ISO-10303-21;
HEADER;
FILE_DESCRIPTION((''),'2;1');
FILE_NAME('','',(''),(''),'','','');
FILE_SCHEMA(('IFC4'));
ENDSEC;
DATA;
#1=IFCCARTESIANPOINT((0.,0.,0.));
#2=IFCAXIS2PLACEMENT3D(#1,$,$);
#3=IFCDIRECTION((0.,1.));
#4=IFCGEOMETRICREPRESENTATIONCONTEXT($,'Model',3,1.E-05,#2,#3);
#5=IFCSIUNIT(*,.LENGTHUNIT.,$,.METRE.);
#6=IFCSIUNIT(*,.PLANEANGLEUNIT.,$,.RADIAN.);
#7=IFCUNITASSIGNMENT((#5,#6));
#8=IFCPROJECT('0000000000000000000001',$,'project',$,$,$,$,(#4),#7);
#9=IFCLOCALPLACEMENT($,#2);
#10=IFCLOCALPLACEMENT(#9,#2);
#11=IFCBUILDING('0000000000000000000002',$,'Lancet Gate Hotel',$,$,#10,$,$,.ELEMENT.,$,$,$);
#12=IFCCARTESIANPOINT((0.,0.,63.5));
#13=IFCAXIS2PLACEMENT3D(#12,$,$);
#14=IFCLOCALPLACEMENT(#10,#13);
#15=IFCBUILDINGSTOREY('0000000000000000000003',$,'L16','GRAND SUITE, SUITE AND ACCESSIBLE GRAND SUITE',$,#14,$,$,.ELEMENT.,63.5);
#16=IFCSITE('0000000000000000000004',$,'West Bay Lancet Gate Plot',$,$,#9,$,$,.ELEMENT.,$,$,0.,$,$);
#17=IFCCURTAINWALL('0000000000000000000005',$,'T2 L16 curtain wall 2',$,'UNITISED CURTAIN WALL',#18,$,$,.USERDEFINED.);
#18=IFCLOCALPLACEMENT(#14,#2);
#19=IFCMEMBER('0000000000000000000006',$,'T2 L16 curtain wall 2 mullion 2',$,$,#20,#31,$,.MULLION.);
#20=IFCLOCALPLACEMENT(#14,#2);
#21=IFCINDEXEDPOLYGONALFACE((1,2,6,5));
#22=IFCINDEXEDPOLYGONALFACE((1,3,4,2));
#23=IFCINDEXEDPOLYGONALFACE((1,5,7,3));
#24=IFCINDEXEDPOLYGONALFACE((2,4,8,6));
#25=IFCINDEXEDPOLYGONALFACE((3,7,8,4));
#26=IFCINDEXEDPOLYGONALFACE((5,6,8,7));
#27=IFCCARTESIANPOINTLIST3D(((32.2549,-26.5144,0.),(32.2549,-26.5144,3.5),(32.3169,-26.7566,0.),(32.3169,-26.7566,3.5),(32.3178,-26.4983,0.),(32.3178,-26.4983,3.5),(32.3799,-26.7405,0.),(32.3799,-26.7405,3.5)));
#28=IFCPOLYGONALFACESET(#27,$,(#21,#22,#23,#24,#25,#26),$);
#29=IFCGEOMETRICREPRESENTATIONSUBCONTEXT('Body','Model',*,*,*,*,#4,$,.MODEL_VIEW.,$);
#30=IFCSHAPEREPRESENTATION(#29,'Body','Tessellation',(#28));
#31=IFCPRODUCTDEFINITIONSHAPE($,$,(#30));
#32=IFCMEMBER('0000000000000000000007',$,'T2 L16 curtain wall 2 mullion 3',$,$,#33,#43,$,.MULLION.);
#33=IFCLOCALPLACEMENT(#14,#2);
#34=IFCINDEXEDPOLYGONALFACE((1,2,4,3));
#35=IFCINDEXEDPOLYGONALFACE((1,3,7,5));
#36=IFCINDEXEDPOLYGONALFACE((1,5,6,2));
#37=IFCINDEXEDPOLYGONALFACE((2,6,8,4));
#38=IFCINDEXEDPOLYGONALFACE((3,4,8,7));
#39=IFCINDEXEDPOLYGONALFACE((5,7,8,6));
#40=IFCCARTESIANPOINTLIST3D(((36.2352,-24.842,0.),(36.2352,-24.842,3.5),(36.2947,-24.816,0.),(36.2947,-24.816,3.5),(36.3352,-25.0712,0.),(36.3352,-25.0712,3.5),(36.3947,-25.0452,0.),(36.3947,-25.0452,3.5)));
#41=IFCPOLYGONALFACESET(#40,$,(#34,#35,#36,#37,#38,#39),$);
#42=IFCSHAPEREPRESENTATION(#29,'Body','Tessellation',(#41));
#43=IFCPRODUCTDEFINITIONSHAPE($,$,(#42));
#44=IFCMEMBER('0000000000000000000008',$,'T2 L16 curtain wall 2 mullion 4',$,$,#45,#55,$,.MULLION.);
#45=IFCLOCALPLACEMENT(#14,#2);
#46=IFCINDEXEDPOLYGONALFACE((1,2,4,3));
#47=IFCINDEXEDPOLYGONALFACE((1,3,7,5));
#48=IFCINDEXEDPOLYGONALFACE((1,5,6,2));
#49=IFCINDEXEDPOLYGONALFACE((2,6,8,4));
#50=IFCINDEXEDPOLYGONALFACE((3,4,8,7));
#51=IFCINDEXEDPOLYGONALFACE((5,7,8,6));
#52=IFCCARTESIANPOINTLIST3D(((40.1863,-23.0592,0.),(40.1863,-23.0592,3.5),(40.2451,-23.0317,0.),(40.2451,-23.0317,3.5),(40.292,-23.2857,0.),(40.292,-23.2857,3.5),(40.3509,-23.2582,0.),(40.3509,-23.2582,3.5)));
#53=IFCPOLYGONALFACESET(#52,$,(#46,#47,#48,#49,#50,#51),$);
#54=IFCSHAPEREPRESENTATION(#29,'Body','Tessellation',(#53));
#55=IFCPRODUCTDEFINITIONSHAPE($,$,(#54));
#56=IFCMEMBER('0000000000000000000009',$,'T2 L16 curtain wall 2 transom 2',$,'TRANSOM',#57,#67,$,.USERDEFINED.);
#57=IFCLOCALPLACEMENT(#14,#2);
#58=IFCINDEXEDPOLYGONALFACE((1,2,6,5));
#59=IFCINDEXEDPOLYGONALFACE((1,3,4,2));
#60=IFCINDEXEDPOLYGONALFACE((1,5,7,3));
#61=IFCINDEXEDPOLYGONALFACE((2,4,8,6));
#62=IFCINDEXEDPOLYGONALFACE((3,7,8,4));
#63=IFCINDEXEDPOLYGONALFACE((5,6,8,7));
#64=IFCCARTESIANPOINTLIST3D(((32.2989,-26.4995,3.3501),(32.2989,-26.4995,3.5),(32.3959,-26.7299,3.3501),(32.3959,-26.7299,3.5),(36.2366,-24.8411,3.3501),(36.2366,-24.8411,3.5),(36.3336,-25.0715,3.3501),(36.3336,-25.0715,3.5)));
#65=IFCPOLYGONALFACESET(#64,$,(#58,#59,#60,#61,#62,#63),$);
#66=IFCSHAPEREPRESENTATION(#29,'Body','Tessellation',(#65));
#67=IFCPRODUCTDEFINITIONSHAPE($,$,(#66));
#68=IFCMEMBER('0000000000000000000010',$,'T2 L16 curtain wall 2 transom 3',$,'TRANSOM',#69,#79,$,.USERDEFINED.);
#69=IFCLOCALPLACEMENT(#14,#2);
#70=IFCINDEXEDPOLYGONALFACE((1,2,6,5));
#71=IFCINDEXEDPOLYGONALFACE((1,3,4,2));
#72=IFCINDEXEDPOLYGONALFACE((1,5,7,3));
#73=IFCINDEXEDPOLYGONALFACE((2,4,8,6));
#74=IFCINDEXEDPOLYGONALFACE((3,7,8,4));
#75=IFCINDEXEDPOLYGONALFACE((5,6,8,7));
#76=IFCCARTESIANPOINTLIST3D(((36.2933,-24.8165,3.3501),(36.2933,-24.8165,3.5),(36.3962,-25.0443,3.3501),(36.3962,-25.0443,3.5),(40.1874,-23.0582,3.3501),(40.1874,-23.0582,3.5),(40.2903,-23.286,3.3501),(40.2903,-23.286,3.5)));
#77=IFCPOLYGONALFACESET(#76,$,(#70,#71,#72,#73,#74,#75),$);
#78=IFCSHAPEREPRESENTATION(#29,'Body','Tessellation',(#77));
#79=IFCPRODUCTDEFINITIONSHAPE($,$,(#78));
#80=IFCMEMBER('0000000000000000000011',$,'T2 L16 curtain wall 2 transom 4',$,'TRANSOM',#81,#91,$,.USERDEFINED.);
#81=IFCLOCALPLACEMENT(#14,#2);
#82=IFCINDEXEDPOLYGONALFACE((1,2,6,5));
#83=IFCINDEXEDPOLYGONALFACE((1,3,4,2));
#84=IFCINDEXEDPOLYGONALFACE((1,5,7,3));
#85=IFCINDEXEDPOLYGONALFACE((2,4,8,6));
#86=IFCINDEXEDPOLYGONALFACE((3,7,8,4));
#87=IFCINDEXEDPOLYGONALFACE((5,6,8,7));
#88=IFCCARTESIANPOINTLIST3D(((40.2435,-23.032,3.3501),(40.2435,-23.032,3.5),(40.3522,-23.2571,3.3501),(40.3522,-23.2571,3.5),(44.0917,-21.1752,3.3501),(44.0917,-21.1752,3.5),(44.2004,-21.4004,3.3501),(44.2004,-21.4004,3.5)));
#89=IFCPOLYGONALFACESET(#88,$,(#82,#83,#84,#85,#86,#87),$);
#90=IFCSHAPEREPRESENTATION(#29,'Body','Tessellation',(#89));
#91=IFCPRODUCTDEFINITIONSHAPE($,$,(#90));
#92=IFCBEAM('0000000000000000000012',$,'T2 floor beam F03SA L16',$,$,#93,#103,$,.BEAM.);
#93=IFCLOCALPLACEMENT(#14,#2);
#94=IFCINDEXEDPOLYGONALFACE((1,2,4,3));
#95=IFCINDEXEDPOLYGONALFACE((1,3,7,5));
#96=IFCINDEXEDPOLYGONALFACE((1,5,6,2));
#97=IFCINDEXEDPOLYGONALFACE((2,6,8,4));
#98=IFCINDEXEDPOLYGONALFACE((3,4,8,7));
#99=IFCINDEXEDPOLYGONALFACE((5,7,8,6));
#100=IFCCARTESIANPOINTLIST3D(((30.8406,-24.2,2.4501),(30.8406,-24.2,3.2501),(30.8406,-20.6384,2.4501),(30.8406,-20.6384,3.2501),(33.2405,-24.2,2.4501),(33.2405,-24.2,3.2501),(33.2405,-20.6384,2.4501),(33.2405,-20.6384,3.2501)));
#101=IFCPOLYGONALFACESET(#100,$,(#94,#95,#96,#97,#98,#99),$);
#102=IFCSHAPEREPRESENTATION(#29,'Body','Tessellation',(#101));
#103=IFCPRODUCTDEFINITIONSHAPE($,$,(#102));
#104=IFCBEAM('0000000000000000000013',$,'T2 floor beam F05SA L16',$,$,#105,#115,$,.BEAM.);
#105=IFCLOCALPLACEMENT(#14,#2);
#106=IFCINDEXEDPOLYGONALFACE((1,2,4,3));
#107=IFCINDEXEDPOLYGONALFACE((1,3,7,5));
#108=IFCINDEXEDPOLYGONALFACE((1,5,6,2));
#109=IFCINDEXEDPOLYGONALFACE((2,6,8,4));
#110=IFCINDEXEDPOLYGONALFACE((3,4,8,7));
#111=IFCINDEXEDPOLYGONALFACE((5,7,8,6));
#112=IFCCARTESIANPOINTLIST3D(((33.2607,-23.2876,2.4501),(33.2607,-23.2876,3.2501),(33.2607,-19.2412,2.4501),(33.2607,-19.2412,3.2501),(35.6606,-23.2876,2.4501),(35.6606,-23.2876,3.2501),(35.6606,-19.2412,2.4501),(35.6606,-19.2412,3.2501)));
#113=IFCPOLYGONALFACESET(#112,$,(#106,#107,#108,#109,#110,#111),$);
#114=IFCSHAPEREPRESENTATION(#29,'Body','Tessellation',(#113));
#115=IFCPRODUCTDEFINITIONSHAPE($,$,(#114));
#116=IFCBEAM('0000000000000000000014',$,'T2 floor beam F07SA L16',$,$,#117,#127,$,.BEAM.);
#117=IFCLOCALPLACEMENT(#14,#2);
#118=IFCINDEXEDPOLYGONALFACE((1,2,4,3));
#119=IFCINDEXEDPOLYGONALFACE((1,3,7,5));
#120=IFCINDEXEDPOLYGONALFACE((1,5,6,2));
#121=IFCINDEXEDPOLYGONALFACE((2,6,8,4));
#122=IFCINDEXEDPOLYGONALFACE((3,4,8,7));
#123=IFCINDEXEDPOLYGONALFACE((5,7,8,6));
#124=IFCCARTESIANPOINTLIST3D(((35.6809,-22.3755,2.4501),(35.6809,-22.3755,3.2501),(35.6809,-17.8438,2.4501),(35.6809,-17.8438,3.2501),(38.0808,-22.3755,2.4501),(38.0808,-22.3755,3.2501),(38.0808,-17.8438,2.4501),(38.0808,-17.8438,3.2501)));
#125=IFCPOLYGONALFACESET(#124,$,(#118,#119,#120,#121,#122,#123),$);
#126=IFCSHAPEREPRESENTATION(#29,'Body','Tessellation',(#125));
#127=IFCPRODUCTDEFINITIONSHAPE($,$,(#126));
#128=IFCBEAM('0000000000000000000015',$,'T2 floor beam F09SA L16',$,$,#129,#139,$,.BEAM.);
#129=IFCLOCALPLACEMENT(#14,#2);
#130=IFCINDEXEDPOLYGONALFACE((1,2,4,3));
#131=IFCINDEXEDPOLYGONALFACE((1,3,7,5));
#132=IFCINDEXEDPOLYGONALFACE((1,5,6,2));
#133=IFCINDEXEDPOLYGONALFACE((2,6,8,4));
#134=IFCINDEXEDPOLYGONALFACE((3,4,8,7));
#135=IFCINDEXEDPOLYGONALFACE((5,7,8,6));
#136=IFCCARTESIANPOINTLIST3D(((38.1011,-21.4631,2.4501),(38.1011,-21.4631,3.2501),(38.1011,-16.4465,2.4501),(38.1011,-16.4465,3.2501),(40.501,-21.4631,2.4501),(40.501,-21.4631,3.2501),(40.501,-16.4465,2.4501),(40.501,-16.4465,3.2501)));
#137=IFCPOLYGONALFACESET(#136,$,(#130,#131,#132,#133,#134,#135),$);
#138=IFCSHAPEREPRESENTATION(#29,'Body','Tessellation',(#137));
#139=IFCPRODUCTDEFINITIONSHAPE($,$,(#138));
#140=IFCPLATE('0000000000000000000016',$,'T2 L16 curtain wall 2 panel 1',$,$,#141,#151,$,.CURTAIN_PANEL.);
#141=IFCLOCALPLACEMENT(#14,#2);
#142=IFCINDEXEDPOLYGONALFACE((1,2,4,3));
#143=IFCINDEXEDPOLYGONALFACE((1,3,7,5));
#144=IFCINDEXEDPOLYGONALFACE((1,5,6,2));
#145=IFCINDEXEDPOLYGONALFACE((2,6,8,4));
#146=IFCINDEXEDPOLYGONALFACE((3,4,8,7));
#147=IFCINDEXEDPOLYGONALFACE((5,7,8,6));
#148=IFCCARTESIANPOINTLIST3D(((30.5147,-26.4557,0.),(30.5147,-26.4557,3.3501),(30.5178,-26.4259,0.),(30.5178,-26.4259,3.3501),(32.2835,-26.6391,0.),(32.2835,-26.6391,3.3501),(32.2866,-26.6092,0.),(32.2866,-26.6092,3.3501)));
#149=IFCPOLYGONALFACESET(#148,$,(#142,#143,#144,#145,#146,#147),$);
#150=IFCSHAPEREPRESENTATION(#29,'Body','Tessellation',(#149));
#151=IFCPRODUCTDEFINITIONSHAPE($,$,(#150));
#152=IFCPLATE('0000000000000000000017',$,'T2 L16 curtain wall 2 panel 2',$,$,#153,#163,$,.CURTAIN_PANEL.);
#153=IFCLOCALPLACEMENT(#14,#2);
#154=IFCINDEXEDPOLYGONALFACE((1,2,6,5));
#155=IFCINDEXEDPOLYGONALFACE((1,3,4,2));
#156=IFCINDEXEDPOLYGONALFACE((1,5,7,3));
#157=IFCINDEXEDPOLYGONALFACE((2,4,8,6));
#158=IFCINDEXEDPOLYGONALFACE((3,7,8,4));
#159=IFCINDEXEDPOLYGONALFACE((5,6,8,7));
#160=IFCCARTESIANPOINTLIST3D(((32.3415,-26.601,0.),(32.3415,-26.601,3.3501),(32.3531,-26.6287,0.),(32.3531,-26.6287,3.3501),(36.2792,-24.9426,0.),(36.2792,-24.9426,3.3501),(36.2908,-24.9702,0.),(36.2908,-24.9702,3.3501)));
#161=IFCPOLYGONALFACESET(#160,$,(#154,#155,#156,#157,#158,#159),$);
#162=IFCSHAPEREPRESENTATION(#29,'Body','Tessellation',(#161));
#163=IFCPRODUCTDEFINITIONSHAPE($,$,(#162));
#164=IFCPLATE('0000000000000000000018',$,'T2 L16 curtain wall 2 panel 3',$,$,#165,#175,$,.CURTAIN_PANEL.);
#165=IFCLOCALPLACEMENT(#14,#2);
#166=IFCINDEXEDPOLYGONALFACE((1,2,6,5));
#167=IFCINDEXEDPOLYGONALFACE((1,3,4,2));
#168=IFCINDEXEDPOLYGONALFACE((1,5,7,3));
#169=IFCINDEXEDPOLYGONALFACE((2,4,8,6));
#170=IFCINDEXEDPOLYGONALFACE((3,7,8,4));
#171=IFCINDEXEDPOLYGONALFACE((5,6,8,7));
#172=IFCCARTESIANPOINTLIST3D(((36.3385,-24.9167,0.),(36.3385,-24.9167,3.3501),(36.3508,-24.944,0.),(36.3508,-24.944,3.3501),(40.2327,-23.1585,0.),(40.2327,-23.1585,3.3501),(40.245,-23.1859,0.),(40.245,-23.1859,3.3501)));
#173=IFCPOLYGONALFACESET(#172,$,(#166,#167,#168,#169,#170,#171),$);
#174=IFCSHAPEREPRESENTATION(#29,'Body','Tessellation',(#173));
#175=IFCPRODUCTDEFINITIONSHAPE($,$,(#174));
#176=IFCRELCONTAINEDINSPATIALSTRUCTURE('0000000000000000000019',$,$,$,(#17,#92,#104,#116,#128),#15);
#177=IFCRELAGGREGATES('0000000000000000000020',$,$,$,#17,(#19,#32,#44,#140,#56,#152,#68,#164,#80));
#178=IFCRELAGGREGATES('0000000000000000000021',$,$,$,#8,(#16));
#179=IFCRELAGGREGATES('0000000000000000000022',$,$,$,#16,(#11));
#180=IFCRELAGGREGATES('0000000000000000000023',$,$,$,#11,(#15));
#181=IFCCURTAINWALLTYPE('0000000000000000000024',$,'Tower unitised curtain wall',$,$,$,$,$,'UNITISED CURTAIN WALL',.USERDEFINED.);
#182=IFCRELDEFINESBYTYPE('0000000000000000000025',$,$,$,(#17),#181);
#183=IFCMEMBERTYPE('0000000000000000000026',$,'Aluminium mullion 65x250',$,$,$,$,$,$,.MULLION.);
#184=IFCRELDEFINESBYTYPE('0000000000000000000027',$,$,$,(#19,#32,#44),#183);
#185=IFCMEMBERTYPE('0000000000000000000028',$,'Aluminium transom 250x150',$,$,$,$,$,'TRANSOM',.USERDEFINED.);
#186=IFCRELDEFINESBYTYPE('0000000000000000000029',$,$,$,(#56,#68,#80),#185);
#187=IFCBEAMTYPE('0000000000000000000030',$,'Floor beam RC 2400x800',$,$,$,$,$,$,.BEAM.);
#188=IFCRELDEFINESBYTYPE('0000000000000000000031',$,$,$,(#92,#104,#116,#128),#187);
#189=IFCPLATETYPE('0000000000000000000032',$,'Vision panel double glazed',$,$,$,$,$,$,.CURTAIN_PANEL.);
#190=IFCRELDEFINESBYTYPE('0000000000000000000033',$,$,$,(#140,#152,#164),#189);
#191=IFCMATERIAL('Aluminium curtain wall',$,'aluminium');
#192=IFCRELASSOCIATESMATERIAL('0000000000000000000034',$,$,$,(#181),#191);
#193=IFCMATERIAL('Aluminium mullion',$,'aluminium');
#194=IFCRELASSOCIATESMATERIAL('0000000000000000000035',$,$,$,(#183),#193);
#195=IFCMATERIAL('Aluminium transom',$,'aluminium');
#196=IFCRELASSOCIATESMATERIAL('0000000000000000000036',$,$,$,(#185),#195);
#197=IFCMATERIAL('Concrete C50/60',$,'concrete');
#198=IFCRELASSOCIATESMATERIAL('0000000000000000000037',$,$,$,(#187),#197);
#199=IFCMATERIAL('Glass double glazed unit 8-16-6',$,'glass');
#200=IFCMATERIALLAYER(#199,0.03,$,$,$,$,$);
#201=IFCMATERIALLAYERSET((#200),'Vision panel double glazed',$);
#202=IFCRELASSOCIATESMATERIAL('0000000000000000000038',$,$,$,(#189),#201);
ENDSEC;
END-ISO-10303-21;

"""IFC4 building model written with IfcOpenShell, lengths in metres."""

from ifc_helpers import new_model, si_unit, direction, frame, origin, origin_2d, place, context, subcontext, project, spatial, rectangle, extrude, material, layer, layer_set, material_profile, profile_set, type_object, element, aggregate, save


model = new_model("IFC4")

# Units and contexts
model_context = context("Model", 3, precision=1e-05, world=origin(), true_north=direction((0.0, 1.0)))
body_context = subcontext(model_context, "Body", "Model", "MODEL_VIEW")
ifc_project = project(units=[si_unit("LENGTHUNIT", "METRE"), si_unit("PLANEANGLEUNIT", "RADIAN")], contexts=[model_context])

# Site, building, storey
site_placement = place(None, origin())
site = spatial("IfcSite", under=ifc_project, at=site_placement, Name="West Bay Lancet Gate Plot", CompositionType="ELEMENT", RefElevation=0.0)
building_placement = place(site_placement, origin())
building = spatial("IfcBuilding", under=site, at=building_placement, Name="Lancet Gate Hotel", CompositionType="ELEMENT")
storey_placement = place(building_placement, frame((0.0, 0.0, 63.5)))
storey = spatial("IfcBuildingStorey", under=building, at=storey_placement, Name="L16", Description="GRAND SUITE, SUITE AND ACCESSIBLE GRAND SUITE", CompositionType="ELEMENT", Elevation=63.5)

# Curtain wall, members
ifc_material_1 = material(Name="Aluminium curtain wall", Category="aluminium")
curtain_wall_type = type_object("IfcCurtainWallType", Name="Tower unitised curtain wall", ElementType="UNITISED CURTAIN WALL", PredefinedType="USERDEFINED", material=ifc_material_1)
curtain_wall_placement = place(storey_placement, origin())
curtain_wall = element("IfcCurtainWall", 1, at=curtain_wall_placement, inside=storey, type_object=curtain_wall_type, Name="T2 L16 curtain wall 2", ObjectType="UNITISED CURTAIN WALL", PredefinedType="USERDEFINED")
ifc_material_2 = material(Name="Aluminium mullion", Category="aluminium")
ifc_material_profile_1 = material_profile(ifc_material_2, rectangle(XDim=0.0649, YDim=0.25, at=origin_2d()), Name="MULLION 65x250")
ifc_profile_set_1 = profile_set([ifc_material_profile_1], Name="Aluminium mullion")
member_type_1 = type_object("IfcMemberType", Name="Aluminium mullion 65x250", PredefinedType="MULLION", material=ifc_profile_set_1)
member_1_placement = place(storey_placement, frame((32.3174, -26.6274, 0.0), z_axis=(0.0, 0.0, 1.0), x_axis=(0.968721, 0.24815, 0.0)))
member_1 = element("IfcMember", 2, at=member_1_placement, type_object=member_type_1, Name="T2 L16 curtain wall 2 mullion 2", PredefinedType="MULLION", context=body_context, shape_type="SweptSolid", body=[
    extrude(rectangle(XDim=0.0649, YDim=0.25, at=origin_2d()), origin(), (0.0, 0.0, 1.0), 3.5),
])
member_2_placement = place(storey_placement, frame((36.3149, -24.9436, 0.0), z_axis=(0.0, 0.0, 1.0), x_axis=(0.916579, 0.399854, 0.0)))
member_2 = element("IfcMember", 3, at=member_2_placement, type_object=member_type_1, Name="T2 L16 curtain wall 2 mullion 3", PredefinedType="MULLION", context=body_context, shape_type="SweptSolid", body=[
    extrude(rectangle(XDim=0.0649, YDim=0.25, at=origin_2d()), origin(), (0.0, 0.0, 1.0), 3.5),
])
member_3_placement = place(storey_placement, frame((40.2686, -23.1587, 0.0), z_axis=(0.0, 0.0, 1.0), x_axis=(0.906105, 0.423053, 0.0)))
member_3 = element("IfcMember", 4, at=member_3_placement, type_object=member_type_1, Name="T2 L16 curtain wall 2 mullion 4", PredefinedType="MULLION", context=body_context, shape_type="SweptSolid", body=[
    extrude(rectangle(XDim=0.0649, YDim=0.25, at=origin_2d()), origin(), (0.0, 0.0, 1.0), 3.5),
])
ifc_material_3 = material(Name="Aluminium transom", Category="aluminium")
ifc_material_profile_2 = material_profile(ifc_material_3, rectangle(XDim=0.25, YDim=0.1499, at=origin_2d()), Name="TRANSOM 250x150")
ifc_profile_set_2 = profile_set([ifc_material_profile_2], Name="Aluminium transom")
member_type_2 = type_object("IfcMemberType", Name="Aluminium transom 250x150", ElementType="TRANSOM", PredefinedType="USERDEFINED", material=ifc_profile_set_2)
member_4_placement = place(storey_placement, frame((32.3474, -26.6147, 3.425), z_axis=(0.921598, 0.388146, 0.0), x_axis=(-0.388146, 0.921598, 0.0)))
member_4 = element("IfcMember", 5, at=member_4_placement, type_object=member_type_2, Name="T2 L16 curtain wall 2 transom 2", ObjectType="TRANSOM", PredefinedType="USERDEFINED", context=body_context, shape_type="SweptSolid", body=[
    extrude(rectangle(XDim=0.25, YDim=0.1499, at=origin_2d()), origin(), (0.0, 0.0, 1.0), 4.2727),
])
member_5_placement = place(storey_placement, frame((36.3447, -24.9304, 3.425), z_axis=(0.911397, 0.411529, 0.0), x_axis=(-0.411529, 0.911397, 0.0)))
member_5 = element("IfcMember", 6, at=member_5_placement, type_object=member_type_2, Name="T2 L16 curtain wall 2 transom 3", ObjectType="TRANSOM", PredefinedType="USERDEFINED", context=body_context, shape_type="SweptSolid", body=[
    extrude(rectangle(XDim=0.25, YDim=0.1499, at=origin_2d()), origin(), (0.0, 0.0, 1.0), 4.2727),
])
member_6_placement = place(storey_placement, frame((40.2979, -23.1445, 3.425), z_axis=(0.900646, 0.434553, 0.0), x_axis=(-0.434553, 0.900646, 0.0)))
member_6 = element("IfcMember", 7, at=member_6_placement, type_object=member_type_2, Name="T2 L16 curtain wall 2 transom 4", ObjectType="TRANSOM", PredefinedType="USERDEFINED", context=body_context, shape_type="SweptSolid", body=[
    extrude(rectangle(XDim=0.25, YDim=0.1499, at=origin_2d()), origin(), (0.0, 0.0, 1.0), 4.2727),
])

# Beams
ifc_material_4 = material(Name="Concrete C50/60", Category="concrete")
ifc_material_profile_3 = material_profile(ifc_material_4, rectangle(XDim=2.3999, YDim=0.8, at=origin_2d()), Name="RC 2400x800")
ifc_profile_set_3 = profile_set([ifc_material_profile_3], Name="Concrete C50/60")
beam_type = type_object("IfcBeamType", Name="Floor beam RC 2400x800", PredefinedType="BEAM", material=ifc_profile_set_3)
beam_1_placement = place(storey_placement, frame((32.0405, -24.2, 2.8501), z_axis=(0.0, 1.0, 0.0), x_axis=(-1.0, 0.0, 0.0)))
element("IfcBeam", 8, at=beam_1_placement, inside=storey, type_object=beam_type, Name="T2 floor beam F03SA L16", PredefinedType="BEAM", context=body_context, shape_type="SweptSolid", body=[
    extrude(rectangle(XDim=2.3999, YDim=0.8, at=origin_2d()), origin(), (0.0, 0.0, 1.0), 3.5615),
])
beam_2_placement = place(storey_placement, frame((34.4607, -23.2876, 2.8501), z_axis=(0.0, 1.0, 0.0), x_axis=(-1.0, 0.0, 0.0)))
element("IfcBeam", 9, at=beam_2_placement, inside=storey, type_object=beam_type, Name="T2 floor beam F05SA L16", PredefinedType="BEAM", context=body_context, shape_type="SweptSolid", body=[
    extrude(rectangle(XDim=2.3999, YDim=0.8, at=origin_2d()), origin(), (0.0, 0.0, 1.0), 4.0464),
])
beam_3_placement = place(storey_placement, frame((36.8809, -22.3755, 2.8501), z_axis=(0.0, 1.0, 0.0), x_axis=(-1.0, 0.0, 0.0)))
element("IfcBeam", 10, at=beam_3_placement, inside=storey, type_object=beam_type, Name="T2 floor beam F07SA L16", PredefinedType="BEAM", context=body_context, shape_type="SweptSolid", body=[
    extrude(rectangle(XDim=2.3999, YDim=0.8, at=origin_2d()), origin(), (0.0, 0.0, 1.0), 4.5317),
])
beam_4_placement = place(storey_placement, frame((39.301, -21.4631, 2.8501), z_axis=(0.0, 1.0, 0.0), x_axis=(-1.0, 0.0, 0.0)))
element("IfcBeam", 11, at=beam_4_placement, inside=storey, type_object=beam_type, Name="T2 floor beam F09SA L16", PredefinedType="BEAM", context=body_context, shape_type="SweptSolid", body=[
    extrude(rectangle(XDim=2.3999, YDim=0.8, at=origin_2d()), origin(), (0.0, 0.0, 1.0), 5.0166),
])

# Plates
ifc_material_5 = material(Name="Glass double glazed unit 8-16-6", Category="glass")
ifc_layer_1 = layer(ifc_material_5, 0.03)
ifc_layer_set_1 = layer_set([ifc_layer_1], Name="Vision panel double glazed")
plate_type = type_object("IfcPlateType", Name="Vision panel double glazed", PredefinedType="CURTAIN_PANEL", material=ifc_layer_set_1)
plate_1_placement = place(storey_placement, frame((31.4006, -26.5325, 0.0), z_axis=(0.0, 0.0, 1.0), x_axis=(0.994672, -0.103088, 0.0)))
plate_1 = element("IfcPlate", 12, at=plate_1_placement, type_object=plate_type, Name="T2 L16 curtain wall 2 panel 1", PredefinedType="CURTAIN_PANEL", context=body_context, shape_type="SweptSolid", body=[
    extrude(rectangle(XDim=1.7783, YDim=0.03, at=origin_2d()), origin(), (0.0, 0.0, 1.0), 3.3501),
])
plate_2_placement = place(storey_placement, frame((34.3162, -25.7856, 0.0), z_axis=(0.0, 0.0, 1.0), x_axis=(0.921593, 0.388157, 0.0)))
plate_2 = element("IfcPlate", 13, at=plate_2_placement, type_object=plate_type, Name="T2 L16 curtain wall 2 panel 2", PredefinedType="CURTAIN_PANEL", context=body_context, shape_type="SweptSolid", body=[
    extrude(rectangle(XDim=4.2727, YDim=0.03, at=origin_2d()), origin(), (0.0, 0.0, 1.0), 3.3501),
])
plate_3_placement = place(storey_placement, frame((38.2917, -24.0513, 0.0), z_axis=(0.0, 0.0, 1.0), x_axis=(0.911416, 0.411487, 0.0)))
plate_3 = element("IfcPlate", 14, at=plate_3_placement, type_object=plate_type, Name="T2 L16 curtain wall 2 panel 3", PredefinedType="CURTAIN_PANEL", context=body_context, shape_type="SweptSolid", body=[
    extrude(rectangle(XDim=4.2727, YDim=0.03, at=origin_2d()), origin(), (0.0, 0.0, 1.0), 3.3501),
])
aggregate(curtain_wall, [member_1, member_2, member_3, plate_1, member_4, plate_2, member_5, plate_3, member_6])

save(model, "model.ifc")
